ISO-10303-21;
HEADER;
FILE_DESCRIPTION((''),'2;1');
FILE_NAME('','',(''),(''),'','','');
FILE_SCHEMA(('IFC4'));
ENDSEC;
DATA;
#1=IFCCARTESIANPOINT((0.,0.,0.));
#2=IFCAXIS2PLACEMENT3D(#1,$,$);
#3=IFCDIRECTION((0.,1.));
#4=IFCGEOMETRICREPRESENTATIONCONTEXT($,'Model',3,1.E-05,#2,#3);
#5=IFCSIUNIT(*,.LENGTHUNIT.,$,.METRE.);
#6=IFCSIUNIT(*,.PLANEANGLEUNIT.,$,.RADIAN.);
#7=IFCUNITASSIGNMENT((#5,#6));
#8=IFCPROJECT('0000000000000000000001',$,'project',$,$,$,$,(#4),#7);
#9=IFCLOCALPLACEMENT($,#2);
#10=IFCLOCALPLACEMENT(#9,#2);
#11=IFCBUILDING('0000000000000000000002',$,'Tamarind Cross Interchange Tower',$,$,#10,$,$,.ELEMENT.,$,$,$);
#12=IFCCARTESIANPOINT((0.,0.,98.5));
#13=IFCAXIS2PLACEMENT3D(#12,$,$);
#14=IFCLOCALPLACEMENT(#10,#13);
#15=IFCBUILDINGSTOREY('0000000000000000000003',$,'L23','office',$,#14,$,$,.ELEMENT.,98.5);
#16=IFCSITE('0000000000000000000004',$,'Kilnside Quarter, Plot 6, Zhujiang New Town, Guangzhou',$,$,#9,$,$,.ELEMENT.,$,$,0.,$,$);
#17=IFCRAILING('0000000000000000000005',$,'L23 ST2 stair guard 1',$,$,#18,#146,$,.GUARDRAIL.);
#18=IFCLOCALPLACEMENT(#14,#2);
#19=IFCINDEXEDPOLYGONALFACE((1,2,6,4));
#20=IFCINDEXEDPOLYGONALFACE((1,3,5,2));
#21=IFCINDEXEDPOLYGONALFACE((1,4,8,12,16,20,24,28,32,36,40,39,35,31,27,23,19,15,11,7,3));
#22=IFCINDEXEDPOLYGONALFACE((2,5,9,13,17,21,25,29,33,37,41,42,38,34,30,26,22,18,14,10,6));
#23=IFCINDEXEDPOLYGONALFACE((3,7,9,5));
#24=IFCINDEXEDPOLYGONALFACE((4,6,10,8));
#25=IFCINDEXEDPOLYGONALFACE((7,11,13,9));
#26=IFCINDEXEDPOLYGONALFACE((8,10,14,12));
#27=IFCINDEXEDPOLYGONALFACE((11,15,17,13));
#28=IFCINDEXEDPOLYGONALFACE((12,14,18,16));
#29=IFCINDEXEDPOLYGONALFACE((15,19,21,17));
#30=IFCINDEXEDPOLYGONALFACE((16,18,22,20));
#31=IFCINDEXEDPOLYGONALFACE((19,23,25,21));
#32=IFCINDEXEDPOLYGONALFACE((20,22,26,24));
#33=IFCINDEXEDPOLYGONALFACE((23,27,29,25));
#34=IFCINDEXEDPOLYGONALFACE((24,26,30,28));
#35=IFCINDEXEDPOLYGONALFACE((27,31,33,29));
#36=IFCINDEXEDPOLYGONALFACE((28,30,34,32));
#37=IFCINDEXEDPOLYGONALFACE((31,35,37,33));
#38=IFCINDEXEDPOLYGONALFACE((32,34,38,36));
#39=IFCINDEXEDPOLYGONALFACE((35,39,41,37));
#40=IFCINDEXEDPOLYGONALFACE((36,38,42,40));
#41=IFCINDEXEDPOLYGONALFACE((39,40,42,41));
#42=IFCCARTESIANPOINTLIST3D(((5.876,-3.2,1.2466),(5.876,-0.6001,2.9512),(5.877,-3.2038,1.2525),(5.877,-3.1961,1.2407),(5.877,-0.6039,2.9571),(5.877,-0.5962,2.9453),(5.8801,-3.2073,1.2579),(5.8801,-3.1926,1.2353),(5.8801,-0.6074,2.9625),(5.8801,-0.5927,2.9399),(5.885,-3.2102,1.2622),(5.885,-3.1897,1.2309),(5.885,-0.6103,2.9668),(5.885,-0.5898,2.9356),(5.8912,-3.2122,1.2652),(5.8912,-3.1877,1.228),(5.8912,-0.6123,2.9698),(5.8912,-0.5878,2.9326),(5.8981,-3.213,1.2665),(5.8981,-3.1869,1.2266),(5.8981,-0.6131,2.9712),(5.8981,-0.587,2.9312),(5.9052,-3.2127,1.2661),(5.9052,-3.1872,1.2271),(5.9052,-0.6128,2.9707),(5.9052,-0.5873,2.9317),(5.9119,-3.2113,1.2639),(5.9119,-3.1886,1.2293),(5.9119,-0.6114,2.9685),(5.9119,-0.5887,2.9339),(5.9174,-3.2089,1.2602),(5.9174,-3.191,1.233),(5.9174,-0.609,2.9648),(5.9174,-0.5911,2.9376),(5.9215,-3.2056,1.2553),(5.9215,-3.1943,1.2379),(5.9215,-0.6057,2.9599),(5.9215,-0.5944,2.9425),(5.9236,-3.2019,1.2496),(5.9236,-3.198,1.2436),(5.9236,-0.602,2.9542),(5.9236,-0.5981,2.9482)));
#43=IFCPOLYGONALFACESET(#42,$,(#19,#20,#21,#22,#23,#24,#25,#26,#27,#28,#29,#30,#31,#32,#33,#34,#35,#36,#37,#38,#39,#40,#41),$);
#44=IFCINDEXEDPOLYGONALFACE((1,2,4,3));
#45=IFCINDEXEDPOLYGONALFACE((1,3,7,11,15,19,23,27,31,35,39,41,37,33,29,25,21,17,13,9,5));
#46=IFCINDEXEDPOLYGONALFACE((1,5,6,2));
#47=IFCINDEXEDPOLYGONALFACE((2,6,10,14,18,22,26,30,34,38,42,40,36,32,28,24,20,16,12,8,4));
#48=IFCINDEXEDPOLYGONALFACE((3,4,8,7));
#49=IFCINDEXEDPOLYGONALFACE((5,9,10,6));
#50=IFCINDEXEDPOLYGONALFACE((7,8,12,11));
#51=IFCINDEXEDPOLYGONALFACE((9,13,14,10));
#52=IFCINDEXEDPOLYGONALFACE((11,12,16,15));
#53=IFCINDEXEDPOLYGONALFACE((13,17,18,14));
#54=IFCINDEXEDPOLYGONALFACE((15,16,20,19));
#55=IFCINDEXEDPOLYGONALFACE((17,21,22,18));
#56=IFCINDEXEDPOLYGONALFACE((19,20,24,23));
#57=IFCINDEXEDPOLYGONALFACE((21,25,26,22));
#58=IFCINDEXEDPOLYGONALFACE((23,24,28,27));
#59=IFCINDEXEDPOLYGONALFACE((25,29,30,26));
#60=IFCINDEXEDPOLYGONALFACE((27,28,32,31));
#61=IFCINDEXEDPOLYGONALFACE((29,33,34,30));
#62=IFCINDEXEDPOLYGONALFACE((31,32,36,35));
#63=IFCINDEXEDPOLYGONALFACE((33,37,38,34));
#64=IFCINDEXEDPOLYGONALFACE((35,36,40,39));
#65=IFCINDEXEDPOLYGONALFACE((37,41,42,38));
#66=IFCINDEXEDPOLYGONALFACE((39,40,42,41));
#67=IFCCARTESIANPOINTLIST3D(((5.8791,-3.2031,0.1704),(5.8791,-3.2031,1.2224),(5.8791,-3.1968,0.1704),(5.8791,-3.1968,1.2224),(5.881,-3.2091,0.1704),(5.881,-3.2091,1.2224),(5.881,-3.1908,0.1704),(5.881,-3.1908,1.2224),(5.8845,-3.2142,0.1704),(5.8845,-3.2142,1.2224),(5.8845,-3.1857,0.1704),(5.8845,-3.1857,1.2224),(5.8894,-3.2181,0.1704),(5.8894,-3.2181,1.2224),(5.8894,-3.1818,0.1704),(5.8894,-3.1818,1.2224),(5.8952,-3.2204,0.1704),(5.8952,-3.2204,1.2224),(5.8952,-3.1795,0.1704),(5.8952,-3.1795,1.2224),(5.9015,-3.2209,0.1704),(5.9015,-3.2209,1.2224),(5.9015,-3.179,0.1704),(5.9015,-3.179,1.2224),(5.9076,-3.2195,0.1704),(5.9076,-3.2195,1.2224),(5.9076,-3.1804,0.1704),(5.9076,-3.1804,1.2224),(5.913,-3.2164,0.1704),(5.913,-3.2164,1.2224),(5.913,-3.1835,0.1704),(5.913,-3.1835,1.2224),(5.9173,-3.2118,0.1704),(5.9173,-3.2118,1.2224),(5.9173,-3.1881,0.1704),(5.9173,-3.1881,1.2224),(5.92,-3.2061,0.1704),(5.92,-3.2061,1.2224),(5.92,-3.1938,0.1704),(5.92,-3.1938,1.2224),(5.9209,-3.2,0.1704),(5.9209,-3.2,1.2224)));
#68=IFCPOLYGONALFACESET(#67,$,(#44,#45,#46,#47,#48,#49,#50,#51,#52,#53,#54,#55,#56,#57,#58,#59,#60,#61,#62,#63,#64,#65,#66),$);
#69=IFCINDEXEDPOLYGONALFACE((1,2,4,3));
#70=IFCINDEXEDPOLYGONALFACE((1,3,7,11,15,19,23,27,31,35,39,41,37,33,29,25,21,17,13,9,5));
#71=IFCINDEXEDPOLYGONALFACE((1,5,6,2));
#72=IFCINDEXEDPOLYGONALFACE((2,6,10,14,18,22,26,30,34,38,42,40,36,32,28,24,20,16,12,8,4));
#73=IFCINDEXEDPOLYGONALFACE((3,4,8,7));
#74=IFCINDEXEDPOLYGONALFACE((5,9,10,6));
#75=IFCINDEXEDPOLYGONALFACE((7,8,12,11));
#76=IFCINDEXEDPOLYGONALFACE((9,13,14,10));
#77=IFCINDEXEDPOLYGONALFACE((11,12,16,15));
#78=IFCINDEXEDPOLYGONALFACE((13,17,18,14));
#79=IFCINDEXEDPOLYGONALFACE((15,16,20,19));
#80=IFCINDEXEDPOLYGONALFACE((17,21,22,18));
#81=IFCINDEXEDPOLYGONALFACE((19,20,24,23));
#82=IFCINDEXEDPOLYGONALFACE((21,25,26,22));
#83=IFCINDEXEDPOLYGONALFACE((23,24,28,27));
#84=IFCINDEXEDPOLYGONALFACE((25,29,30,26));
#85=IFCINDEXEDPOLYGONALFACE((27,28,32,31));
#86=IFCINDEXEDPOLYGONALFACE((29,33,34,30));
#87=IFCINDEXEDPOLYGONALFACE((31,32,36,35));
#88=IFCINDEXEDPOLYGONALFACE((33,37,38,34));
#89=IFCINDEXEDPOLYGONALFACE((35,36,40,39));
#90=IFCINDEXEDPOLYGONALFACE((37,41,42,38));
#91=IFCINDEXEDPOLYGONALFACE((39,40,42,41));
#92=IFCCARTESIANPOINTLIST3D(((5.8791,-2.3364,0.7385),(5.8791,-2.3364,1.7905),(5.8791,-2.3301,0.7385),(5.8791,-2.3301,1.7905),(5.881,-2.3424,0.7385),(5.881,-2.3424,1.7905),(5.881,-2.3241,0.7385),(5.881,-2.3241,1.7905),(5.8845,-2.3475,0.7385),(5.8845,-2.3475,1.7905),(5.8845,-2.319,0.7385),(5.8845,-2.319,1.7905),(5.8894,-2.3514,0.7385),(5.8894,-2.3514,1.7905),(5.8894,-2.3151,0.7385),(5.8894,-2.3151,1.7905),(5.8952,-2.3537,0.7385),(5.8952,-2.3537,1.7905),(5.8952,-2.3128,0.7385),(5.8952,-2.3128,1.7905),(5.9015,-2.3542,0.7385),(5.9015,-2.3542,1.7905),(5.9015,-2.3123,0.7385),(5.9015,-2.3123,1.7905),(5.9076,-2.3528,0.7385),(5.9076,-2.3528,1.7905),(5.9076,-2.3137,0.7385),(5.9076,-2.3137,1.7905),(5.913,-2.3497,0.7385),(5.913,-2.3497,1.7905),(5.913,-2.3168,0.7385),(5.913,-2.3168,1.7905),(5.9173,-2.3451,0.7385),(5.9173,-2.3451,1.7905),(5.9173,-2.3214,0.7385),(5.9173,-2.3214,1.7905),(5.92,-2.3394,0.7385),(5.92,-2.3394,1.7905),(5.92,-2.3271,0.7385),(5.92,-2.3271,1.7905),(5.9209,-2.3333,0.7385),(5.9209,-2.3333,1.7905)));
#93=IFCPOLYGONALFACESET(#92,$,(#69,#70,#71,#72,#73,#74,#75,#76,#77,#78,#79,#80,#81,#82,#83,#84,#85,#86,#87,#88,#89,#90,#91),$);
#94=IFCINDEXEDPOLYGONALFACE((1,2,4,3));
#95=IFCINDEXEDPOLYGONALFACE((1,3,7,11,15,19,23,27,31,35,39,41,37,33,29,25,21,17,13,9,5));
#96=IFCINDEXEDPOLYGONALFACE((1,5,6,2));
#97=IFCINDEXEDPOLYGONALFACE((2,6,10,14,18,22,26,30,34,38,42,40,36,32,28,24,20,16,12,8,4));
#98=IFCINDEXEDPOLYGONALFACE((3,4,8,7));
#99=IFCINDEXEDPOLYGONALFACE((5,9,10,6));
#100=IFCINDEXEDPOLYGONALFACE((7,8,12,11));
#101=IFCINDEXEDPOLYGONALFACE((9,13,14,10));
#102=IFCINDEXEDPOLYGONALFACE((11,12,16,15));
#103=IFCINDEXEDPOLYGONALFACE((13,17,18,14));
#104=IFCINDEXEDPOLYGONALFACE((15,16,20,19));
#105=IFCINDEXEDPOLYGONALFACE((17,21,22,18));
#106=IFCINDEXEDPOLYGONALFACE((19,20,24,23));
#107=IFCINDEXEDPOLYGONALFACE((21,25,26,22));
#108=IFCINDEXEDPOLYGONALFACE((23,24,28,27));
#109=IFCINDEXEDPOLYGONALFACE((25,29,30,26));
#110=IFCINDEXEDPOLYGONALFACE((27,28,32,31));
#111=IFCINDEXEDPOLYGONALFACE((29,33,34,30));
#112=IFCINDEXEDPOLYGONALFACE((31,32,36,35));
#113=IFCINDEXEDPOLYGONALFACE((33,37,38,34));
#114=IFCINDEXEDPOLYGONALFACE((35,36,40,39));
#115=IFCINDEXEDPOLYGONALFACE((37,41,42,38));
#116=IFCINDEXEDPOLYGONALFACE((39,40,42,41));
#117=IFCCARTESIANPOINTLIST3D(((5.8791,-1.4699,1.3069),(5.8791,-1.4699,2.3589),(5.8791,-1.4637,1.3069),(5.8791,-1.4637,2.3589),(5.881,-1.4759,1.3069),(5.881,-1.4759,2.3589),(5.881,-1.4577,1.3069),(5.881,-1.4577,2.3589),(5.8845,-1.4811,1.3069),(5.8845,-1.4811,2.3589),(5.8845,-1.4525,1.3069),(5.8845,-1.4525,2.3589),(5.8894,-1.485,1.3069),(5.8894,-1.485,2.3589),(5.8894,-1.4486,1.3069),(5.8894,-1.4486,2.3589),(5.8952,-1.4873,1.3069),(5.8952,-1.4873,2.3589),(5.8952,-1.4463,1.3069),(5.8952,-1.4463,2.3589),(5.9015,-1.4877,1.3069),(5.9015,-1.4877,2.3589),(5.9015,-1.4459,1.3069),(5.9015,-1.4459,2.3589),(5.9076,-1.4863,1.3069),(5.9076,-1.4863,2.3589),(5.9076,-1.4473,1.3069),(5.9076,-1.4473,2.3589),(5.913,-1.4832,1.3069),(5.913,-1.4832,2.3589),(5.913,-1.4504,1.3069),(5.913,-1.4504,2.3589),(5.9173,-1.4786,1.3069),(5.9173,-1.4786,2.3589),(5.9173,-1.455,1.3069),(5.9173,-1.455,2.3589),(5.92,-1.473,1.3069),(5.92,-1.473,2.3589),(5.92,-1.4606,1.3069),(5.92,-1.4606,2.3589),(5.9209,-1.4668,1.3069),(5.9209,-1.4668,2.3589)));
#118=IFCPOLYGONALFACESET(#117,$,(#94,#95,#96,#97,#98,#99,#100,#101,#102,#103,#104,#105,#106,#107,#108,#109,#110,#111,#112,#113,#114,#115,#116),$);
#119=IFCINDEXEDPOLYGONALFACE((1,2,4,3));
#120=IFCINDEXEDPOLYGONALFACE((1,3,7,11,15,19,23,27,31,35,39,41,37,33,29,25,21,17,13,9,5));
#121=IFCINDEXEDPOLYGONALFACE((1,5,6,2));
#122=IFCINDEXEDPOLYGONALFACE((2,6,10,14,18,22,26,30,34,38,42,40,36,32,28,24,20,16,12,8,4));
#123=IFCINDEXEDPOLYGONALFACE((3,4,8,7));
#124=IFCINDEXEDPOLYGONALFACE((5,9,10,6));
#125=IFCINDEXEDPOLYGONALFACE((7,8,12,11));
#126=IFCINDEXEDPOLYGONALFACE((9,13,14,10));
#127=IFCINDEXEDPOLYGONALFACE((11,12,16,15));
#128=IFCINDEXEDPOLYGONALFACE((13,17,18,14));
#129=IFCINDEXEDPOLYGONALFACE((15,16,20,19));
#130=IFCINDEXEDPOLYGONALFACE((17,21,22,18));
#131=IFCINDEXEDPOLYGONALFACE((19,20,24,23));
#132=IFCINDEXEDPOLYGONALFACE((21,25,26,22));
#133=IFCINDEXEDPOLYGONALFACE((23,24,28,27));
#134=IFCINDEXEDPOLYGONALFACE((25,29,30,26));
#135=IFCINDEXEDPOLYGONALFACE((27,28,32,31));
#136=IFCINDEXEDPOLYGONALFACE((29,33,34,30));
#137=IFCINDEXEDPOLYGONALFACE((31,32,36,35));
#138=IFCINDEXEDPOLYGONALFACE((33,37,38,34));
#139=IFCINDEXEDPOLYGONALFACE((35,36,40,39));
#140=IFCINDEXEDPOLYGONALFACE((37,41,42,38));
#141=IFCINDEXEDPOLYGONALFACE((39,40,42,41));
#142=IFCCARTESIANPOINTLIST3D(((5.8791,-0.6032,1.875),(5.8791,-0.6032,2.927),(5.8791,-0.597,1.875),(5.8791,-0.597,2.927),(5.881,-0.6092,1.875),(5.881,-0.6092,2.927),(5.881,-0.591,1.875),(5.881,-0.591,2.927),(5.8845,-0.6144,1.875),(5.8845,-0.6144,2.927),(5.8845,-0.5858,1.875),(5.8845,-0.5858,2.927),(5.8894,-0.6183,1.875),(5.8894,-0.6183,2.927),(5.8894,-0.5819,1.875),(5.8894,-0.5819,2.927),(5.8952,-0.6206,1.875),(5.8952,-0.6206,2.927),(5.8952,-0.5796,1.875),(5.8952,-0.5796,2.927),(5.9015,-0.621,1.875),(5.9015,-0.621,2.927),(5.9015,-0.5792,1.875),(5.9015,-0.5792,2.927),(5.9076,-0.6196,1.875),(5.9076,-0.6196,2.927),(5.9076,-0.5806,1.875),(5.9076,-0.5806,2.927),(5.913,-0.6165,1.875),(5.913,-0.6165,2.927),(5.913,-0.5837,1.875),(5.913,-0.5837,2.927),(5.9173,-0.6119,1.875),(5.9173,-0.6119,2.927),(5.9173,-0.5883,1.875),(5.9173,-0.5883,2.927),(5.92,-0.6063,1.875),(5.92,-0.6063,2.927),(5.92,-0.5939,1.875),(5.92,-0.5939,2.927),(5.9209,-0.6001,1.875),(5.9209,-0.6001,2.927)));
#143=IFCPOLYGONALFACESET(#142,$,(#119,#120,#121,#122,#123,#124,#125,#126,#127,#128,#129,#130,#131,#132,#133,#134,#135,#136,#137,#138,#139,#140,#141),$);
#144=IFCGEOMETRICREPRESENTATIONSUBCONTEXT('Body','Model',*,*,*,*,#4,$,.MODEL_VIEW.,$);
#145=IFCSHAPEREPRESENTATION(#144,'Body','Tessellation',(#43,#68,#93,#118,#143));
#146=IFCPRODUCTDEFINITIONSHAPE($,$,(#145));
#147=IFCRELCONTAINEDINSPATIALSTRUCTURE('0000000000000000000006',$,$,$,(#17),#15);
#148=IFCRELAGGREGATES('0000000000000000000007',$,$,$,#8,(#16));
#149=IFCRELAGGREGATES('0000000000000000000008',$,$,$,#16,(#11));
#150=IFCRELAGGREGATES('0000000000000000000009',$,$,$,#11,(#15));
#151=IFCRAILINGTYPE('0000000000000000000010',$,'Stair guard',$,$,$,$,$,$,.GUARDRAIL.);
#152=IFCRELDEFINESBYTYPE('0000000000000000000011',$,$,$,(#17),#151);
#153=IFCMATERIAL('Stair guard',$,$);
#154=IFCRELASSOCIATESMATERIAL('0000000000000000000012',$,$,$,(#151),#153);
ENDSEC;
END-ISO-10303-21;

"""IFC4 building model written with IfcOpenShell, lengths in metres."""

from ifc_helpers import new_model, si_unit, direction, frame, origin, origin_2d, place, context, subcontext, project, spatial, circle, extrude, material, type_object, element, save


model = new_model("IFC4")

# Units and contexts
model_context = context("Model", 3, precision=1e-05, world=origin(), true_north=direction((0.0, 1.0)))
body_context = subcontext(model_context, "Body", "Model", "MODEL_VIEW")
ifc_project = project(units=[si_unit("LENGTHUNIT", "METRE"), si_unit("PLANEANGLEUNIT", "RADIAN")], contexts=[model_context])

# Site, building, storey
site_placement = place(None, origin())
site = spatial("IfcSite", under=ifc_project, at=site_placement, Name="Kilnside Quarter, Plot 6, Zhujiang New Town, Guangzhou", CompositionType="ELEMENT", RefElevation=0.0)
building_placement = place(site_placement, origin())
building = spatial("IfcBuilding", under=site, at=building_placement, Name="Tamarind Cross Interchange Tower", CompositionType="ELEMENT")
storey_placement = place(building_placement, frame((0.0, 0.0, 98.5)))
storey = spatial("IfcBuildingStorey", under=building, at=storey_placement, Name="L23", Description="office", CompositionType="ELEMENT", Elevation=98.5)

# Railing
ifc_material_1 = material(Name="Stair guard")
railing_type_1 = type_object("IfcRailingType", Name="Stair guard", PredefinedType="GUARDRAIL", material=ifc_material_1)
railing_1_placement = place(storey_placement, frame((5.8999, -3.2, 0.1704)))
element("IfcRailing", 1, at=railing_1_placement, inside=storey, type_object=railing_type_1, Name="L23 ST2 stair guard 1", PredefinedType="GUARDRAIL", context=body_context, shape_type="SweptSolid", body=[
    extrude(circle(Radius=0.0239, at=origin_2d()), frame((0.0, 0.0, 1.0762), z_axis=(0.0, 0.836279, 0.548305), x_axis=(-1.0, 0.0, 0.0)), (0.0, 0.0, 1.0), 3.1089),
    extrude(circle(Radius=0.021, at=origin_2d()), origin(), (0.0, 0.0, 1.0), 1.052),
    extrude(circle(Radius=0.021, at=origin_2d()), frame((0.0, 0.8667, 0.5681)), (0.0, 0.0, 1.0), 1.052),
    extrude(circle(Radius=0.021, at=origin_2d()), frame((0.0, 1.7332, 1.1365)), (0.0, 0.0, 1.0), 1.052),
    extrude(circle(Radius=0.021, at=origin_2d()), frame((0.0, 2.5999, 1.7046)), (0.0, 0.0, 1.0), 1.052),
])

save(model, "model.ifc")
